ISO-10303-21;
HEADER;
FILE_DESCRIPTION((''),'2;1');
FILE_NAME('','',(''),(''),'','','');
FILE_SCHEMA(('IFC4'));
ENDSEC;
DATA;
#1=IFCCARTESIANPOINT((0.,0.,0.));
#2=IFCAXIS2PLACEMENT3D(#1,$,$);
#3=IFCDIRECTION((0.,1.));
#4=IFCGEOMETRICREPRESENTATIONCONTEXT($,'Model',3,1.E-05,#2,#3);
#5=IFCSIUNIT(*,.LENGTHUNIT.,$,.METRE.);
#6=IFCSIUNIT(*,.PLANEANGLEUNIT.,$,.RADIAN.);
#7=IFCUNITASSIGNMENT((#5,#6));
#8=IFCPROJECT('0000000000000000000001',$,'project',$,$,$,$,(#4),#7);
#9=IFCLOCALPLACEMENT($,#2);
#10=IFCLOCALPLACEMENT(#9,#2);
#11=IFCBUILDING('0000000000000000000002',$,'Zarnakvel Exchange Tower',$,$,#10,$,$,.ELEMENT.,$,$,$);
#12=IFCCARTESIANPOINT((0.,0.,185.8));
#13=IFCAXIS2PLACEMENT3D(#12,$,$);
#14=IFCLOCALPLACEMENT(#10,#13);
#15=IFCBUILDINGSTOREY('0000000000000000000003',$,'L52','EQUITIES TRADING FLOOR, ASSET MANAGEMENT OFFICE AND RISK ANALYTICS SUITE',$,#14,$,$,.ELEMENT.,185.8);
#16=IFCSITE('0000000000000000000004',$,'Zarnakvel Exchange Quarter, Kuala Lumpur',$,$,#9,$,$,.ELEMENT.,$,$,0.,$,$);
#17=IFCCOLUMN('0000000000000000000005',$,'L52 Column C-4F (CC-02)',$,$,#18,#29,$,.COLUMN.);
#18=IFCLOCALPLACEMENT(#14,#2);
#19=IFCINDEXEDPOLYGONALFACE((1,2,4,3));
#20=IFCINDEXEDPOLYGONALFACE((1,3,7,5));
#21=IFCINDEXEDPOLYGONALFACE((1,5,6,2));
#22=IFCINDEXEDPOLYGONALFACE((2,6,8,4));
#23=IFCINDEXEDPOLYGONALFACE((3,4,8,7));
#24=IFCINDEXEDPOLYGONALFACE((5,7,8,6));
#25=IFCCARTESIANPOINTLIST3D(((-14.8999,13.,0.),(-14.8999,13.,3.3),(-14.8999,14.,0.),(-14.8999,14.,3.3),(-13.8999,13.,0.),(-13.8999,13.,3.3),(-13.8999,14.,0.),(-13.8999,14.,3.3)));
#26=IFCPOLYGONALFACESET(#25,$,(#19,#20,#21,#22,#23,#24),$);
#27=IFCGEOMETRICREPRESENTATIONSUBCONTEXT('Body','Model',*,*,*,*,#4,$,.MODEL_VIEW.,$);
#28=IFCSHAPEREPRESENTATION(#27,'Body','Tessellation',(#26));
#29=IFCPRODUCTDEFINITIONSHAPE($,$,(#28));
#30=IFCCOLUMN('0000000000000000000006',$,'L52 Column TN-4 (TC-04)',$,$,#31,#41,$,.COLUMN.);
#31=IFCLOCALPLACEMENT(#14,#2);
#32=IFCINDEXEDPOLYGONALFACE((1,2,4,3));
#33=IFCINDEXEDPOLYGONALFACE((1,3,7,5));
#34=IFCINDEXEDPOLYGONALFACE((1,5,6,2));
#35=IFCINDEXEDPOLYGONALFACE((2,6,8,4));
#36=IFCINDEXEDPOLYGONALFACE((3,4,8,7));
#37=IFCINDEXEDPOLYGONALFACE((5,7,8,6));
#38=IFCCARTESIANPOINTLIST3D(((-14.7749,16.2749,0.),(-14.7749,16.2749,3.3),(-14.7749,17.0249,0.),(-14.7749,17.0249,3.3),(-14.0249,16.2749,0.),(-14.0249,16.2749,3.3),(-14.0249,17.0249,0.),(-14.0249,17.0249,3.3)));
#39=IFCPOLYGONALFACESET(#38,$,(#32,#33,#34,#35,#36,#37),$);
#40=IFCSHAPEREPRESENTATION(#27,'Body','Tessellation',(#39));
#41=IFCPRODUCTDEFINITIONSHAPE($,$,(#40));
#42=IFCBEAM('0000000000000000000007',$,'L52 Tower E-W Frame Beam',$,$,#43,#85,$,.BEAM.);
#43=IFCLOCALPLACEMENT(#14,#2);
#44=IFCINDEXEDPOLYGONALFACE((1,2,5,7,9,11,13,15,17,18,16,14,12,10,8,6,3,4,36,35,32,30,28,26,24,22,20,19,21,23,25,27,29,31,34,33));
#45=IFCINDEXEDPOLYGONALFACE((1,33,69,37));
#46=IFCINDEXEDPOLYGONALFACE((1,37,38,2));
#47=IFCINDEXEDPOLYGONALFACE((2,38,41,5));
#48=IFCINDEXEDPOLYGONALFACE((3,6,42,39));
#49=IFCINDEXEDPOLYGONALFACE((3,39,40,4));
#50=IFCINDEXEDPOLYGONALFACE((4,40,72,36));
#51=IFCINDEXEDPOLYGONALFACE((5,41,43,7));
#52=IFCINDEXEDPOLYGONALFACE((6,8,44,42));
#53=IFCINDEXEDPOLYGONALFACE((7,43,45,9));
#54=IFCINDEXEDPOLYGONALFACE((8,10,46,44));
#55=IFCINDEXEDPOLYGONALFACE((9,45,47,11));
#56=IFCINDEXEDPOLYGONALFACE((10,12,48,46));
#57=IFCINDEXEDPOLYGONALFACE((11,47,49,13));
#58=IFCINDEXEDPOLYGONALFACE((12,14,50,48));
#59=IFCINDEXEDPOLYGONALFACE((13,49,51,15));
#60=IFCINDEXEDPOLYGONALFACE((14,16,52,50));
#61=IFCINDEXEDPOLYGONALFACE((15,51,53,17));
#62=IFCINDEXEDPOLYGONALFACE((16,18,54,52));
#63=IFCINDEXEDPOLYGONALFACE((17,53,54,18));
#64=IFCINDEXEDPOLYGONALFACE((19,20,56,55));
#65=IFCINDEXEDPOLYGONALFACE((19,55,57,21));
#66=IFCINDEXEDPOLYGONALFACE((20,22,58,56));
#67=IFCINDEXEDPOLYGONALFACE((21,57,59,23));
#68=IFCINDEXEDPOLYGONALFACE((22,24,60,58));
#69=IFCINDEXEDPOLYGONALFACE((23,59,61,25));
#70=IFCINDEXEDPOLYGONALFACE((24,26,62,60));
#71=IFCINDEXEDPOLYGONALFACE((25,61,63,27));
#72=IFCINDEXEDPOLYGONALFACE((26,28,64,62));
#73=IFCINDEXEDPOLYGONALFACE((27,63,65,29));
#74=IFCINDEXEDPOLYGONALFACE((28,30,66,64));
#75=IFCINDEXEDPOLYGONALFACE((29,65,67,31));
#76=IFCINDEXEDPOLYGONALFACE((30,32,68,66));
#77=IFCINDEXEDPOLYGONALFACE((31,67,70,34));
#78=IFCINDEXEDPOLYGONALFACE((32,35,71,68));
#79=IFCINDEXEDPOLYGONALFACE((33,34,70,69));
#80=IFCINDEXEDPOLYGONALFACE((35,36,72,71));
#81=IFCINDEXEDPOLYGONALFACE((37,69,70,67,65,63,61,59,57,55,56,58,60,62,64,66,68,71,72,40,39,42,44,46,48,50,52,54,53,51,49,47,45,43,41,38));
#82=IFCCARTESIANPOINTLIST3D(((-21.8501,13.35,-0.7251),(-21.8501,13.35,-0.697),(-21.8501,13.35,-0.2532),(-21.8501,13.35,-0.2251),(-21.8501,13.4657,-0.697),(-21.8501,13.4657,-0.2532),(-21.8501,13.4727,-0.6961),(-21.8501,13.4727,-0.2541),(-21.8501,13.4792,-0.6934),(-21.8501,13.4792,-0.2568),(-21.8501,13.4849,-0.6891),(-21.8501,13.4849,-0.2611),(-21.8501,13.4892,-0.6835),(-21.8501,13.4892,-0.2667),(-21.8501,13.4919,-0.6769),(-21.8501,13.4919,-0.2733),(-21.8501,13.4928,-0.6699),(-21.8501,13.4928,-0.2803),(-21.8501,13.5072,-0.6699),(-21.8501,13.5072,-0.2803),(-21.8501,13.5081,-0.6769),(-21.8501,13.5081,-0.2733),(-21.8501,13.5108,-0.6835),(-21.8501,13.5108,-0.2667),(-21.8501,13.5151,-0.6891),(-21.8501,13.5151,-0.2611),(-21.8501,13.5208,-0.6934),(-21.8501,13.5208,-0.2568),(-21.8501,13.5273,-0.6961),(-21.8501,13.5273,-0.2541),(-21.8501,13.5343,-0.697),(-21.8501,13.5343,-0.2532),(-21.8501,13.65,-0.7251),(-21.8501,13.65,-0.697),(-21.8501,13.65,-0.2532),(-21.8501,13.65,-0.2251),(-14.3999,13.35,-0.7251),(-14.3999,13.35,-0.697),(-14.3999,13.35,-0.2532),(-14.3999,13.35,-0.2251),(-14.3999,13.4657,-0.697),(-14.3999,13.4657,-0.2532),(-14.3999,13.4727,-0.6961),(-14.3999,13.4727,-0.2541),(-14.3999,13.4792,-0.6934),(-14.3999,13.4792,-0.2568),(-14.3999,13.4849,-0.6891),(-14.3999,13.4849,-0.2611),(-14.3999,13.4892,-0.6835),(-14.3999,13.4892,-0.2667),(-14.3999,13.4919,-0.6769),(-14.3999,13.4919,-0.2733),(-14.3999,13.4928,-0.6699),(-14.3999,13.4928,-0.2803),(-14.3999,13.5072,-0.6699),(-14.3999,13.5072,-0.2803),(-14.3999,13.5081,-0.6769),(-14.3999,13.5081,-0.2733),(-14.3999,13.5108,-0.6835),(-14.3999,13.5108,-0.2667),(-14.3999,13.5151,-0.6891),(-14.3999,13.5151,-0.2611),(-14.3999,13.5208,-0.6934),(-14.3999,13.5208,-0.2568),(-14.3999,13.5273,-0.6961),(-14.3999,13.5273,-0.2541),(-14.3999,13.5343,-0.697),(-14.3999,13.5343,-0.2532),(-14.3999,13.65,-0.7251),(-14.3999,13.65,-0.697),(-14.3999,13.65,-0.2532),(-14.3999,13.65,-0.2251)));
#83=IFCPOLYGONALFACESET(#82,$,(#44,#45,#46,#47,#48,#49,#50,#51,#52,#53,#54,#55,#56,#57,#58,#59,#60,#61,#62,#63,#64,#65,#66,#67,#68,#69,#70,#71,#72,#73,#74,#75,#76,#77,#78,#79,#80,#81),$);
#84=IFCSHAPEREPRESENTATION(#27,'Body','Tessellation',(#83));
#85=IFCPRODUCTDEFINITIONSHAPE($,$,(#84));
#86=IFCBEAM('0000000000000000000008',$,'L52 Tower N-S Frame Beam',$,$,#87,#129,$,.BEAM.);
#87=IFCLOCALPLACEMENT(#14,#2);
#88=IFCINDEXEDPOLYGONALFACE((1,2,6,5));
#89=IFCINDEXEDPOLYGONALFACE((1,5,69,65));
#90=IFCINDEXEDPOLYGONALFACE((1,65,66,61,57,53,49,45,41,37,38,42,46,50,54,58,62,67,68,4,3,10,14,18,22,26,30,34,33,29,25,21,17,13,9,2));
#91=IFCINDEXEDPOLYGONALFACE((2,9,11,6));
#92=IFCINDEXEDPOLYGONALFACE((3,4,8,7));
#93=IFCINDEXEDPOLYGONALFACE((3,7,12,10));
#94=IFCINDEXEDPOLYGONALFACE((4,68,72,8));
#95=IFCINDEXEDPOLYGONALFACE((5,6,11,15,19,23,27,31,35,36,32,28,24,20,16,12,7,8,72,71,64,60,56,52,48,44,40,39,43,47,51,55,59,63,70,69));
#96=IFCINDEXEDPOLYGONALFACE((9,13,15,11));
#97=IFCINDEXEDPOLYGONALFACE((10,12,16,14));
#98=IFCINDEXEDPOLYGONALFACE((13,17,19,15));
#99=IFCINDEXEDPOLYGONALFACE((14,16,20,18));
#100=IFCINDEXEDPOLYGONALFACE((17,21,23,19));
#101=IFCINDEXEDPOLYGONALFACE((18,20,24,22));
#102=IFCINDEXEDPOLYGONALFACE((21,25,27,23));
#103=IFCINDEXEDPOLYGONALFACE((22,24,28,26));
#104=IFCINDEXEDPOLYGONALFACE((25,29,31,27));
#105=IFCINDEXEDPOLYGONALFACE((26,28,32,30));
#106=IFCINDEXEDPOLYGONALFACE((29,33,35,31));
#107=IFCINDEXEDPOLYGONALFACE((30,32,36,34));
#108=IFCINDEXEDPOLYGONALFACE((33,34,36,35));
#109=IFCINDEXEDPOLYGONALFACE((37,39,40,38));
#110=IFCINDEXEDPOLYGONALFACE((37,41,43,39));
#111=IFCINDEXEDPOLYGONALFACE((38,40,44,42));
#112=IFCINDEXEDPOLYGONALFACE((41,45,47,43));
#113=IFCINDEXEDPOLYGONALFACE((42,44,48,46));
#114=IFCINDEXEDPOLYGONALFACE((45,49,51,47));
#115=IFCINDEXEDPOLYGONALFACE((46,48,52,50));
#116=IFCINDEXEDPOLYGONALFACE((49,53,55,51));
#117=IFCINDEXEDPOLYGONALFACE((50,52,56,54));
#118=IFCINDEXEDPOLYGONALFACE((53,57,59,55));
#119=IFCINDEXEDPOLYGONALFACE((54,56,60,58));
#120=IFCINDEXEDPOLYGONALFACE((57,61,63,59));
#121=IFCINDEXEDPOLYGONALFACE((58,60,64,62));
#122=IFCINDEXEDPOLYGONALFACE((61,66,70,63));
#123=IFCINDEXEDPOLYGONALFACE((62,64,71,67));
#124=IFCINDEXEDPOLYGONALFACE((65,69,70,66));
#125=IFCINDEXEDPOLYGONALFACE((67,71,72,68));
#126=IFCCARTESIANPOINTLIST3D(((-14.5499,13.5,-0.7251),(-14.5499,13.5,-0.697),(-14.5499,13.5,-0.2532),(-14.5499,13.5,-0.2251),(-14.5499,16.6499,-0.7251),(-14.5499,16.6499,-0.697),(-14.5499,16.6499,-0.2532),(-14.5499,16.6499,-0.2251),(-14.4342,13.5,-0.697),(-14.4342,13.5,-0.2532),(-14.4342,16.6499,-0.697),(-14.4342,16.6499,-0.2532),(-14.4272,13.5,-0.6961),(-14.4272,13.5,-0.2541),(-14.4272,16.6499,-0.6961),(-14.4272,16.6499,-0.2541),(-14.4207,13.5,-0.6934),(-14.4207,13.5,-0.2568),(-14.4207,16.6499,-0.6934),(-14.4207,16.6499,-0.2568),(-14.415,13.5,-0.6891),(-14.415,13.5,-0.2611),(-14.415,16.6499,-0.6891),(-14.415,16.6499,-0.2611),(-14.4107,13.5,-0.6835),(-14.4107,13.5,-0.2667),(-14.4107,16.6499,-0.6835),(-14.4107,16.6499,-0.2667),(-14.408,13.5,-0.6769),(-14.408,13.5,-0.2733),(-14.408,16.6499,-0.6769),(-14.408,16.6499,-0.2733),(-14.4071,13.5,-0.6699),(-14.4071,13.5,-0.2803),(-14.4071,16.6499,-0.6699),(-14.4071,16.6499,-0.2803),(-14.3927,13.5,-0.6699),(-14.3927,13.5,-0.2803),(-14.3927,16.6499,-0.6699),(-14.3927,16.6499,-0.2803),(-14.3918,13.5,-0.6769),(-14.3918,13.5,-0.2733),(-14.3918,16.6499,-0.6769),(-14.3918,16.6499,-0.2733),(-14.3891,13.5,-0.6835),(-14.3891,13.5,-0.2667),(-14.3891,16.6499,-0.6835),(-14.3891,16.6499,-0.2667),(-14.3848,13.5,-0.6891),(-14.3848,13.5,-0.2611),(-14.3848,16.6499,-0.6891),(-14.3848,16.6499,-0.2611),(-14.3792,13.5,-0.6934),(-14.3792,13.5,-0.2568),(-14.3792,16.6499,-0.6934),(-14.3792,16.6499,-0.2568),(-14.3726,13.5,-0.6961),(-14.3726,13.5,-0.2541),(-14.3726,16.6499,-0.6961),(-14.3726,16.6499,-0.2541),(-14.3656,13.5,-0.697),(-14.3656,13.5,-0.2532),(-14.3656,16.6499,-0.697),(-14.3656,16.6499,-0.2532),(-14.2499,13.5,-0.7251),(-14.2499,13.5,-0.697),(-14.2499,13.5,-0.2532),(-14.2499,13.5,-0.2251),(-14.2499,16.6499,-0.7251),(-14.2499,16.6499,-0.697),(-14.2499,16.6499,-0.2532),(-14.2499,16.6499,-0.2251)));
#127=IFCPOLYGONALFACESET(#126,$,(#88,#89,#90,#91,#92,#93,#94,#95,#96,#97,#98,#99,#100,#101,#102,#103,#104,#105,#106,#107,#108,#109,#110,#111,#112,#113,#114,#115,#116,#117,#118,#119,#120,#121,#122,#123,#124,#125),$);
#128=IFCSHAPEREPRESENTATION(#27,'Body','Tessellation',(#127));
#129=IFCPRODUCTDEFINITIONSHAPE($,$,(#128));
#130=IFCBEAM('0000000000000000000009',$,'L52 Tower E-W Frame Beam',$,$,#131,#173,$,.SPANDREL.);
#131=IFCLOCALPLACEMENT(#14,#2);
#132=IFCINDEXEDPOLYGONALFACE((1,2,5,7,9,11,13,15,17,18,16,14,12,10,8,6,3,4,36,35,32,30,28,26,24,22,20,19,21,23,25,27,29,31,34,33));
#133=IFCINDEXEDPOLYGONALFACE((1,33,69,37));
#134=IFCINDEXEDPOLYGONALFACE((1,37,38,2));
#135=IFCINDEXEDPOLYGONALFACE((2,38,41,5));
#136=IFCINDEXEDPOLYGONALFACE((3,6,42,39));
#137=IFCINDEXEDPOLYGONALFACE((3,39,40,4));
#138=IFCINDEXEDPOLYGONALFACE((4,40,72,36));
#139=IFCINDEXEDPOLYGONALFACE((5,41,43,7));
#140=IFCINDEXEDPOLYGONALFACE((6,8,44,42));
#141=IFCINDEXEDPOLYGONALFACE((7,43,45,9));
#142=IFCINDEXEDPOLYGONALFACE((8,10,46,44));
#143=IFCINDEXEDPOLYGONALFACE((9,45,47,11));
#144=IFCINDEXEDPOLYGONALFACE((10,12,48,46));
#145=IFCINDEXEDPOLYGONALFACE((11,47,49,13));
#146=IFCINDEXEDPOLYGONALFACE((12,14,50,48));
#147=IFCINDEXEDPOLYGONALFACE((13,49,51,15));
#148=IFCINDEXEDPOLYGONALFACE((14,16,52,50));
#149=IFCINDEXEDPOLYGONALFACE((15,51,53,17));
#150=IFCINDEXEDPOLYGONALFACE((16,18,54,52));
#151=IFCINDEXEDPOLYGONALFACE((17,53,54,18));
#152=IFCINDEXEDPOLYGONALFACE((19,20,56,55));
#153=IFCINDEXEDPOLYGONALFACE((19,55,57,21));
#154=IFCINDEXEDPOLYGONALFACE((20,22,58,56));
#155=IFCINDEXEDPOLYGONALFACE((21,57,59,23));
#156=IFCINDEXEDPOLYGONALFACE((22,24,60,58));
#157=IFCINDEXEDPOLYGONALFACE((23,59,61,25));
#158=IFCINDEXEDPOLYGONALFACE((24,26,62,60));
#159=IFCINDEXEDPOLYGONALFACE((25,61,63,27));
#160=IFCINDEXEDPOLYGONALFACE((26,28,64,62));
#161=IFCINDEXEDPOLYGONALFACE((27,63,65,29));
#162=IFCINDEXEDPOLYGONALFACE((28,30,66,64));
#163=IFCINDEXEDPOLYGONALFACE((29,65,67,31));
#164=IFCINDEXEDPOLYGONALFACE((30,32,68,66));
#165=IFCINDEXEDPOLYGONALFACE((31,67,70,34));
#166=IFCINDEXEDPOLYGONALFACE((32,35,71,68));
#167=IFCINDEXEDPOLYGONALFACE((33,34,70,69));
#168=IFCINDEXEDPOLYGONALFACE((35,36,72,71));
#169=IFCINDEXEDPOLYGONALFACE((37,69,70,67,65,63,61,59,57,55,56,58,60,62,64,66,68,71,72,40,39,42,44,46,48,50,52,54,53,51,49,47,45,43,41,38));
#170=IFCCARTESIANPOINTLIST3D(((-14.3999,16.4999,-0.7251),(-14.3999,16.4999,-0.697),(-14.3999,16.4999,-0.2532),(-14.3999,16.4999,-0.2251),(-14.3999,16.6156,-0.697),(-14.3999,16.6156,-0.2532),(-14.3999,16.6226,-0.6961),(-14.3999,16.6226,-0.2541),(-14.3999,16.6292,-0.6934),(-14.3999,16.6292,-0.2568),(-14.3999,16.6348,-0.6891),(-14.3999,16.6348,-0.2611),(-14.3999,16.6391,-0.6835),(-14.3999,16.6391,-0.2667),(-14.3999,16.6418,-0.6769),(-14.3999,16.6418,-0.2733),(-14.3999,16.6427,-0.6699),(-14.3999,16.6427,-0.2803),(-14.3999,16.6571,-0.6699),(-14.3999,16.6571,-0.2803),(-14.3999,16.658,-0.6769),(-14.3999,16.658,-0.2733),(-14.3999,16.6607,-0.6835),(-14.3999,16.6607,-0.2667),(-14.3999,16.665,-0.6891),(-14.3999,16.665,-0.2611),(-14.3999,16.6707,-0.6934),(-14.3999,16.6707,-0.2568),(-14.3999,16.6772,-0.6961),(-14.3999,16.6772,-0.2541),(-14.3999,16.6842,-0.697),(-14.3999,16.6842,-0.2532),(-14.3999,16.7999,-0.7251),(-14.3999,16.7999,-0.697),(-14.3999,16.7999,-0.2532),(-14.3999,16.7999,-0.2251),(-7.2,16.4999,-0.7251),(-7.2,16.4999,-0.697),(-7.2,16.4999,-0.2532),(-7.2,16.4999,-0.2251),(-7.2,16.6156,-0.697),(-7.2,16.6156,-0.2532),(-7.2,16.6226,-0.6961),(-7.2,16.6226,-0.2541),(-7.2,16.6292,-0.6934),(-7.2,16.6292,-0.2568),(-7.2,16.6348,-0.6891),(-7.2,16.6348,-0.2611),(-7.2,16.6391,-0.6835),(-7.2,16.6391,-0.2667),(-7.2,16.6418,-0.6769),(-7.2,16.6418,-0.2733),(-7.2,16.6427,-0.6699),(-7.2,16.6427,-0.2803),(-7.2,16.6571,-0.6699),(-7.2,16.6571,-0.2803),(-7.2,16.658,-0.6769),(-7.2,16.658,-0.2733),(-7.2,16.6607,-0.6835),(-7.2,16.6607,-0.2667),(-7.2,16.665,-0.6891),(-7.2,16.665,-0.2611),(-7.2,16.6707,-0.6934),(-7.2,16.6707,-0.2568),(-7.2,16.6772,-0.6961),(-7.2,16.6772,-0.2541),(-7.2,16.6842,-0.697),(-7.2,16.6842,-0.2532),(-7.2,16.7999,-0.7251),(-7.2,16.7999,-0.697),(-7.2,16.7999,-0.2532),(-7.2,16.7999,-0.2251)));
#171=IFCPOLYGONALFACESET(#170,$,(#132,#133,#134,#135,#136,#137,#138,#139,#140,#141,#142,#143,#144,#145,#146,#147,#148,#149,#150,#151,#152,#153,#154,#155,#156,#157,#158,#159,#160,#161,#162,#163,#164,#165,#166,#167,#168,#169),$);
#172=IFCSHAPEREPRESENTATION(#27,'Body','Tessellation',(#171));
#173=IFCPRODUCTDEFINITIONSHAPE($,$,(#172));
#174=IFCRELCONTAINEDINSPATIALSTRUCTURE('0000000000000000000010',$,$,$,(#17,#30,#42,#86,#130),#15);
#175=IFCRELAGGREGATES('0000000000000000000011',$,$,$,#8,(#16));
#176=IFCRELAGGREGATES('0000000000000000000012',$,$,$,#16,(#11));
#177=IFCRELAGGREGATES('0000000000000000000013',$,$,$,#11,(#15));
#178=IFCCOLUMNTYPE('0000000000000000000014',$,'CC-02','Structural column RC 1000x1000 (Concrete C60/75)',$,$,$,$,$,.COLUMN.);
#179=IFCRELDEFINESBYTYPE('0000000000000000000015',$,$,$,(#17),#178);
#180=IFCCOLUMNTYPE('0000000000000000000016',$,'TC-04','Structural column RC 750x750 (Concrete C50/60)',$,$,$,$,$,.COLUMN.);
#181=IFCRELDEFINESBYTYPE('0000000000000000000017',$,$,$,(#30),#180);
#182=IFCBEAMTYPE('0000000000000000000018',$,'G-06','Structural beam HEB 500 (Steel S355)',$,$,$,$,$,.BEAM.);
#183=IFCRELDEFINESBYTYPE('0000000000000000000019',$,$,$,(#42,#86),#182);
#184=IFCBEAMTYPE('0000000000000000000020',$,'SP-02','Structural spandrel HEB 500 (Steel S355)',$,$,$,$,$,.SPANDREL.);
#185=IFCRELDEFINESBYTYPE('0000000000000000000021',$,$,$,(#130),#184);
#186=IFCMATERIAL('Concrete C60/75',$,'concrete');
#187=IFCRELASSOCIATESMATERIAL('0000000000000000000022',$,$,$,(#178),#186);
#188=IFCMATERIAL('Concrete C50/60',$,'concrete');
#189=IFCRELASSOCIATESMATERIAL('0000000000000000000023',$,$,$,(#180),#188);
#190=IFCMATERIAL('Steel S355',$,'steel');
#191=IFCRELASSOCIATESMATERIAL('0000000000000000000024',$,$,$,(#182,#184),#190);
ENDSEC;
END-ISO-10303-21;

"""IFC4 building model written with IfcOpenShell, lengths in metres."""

from ifc_helpers import new_model, si_unit, direction, frame, origin, origin_2d, place, context, subcontext, project, spatial, rectangle, i_section, extrude, material, material_profile, profile_set, type_object, element, save


model = new_model("IFC4")

# Units and contexts
model_context = context("Model", 3, precision=1e-05, world=origin(), true_north=direction((0.0, 1.0)))
body_context = subcontext(model_context, "Body", "Model", "MODEL_VIEW")
ifc_project = project(units=[si_unit("LENGTHUNIT", "METRE"), si_unit("PLANEANGLEUNIT", "RADIAN")], contexts=[model_context])

# Site, building, storey
site_placement = place(None, origin())
site = spatial("IfcSite", under=ifc_project, at=site_placement, Name="Zarnakvel Exchange Quarter, Kuala Lumpur", CompositionType="ELEMENT", RefElevation=0.0)
building_placement = place(site_placement, origin())
building = spatial("IfcBuilding", under=site, at=building_placement, Name="Zarnakvel Exchange Tower", CompositionType="ELEMENT")
storey_placement = place(building_placement, frame((0.0, 0.0, 185.8)))
storey = spatial("IfcBuildingStorey", under=building, at=storey_placement, Name="L52", Description="EQUITIES TRADING FLOOR, ASSET MANAGEMENT OFFICE AND RISK ANALYTICS SUITE", CompositionType="ELEMENT", Elevation=185.8)

# Columns
ifc_material_1 = material(Name="Concrete C60/75", Category="concrete")
ifc_material_profile_1 = material_profile(ifc_material_1, rectangle(XDim=1.0, YDim=1.0, at=origin_2d()))
ifc_profile_set_1 = profile_set([ifc_material_profile_1], Name="Concrete C60/75")
column_type_1 = type_object("IfcColumnType", Name="CC-02", Description="Structural column RC 1000x1000 (Concrete C60/75)", PredefinedType="COLUMN", material=ifc_profile_set_1)
column_1_placement = place(storey_placement, frame((-14.3999, 13.5, 0.0), z_axis=(0.0, 0.0, 1.0), x_axis=(1.0, 0.0, 0.0)))
element("IfcColumn", 1, at=column_1_placement, inside=storey, type_object=column_type_1, Name="L52 Column C-4F (CC-02)", PredefinedType="COLUMN", context=body_context, shape_type="SweptSolid", body=[
    extrude(rectangle(XDim=1.0, YDim=1.0, at=origin_2d()), origin(), (0.0, 0.0, 1.0), 3.3),
])
ifc_material_2 = material(Name="Concrete C50/60", Category="concrete")
ifc_material_profile_2 = material_profile(ifc_material_2, rectangle(XDim=0.75, YDim=0.75, at=origin_2d()))
ifc_profile_set_2 = profile_set([ifc_material_profile_2], Name="Concrete C50/60")
column_type_2 = type_object("IfcColumnType", Name="TC-04", Description="Structural column RC 750x750 (Concrete C50/60)", PredefinedType="COLUMN", material=ifc_profile_set_2)
column_2_placement = place(storey_placement, frame((-14.3999, 16.6499, 0.0), z_axis=(0.0, 0.0, 1.0), x_axis=(1.0, 0.0, 0.0)))
element("IfcColumn", 2, at=column_2_placement, inside=storey, type_object=column_type_2, Name="L52 Column TN-4 (TC-04)", PredefinedType="COLUMN", context=body_context, shape_type="SweptSolid", body=[
    extrude(rectangle(XDim=0.75, YDim=0.75, at=origin_2d()), origin(), (0.0, 0.0, 1.0), 3.3),
])

# Beams
ifc_material_3 = material(Name="Steel S355", Category="steel")
ifc_material_profile_3 = material_profile(ifc_material_3, i_section(OverallWidth=0.3, OverallDepth=0.5, WebThickness=0.0144, FlangeThickness=0.0281, FilletRadius=0.0271, at=origin_2d()))
ifc_profile_set_3 = profile_set([ifc_material_profile_3], Name="Steel S355")
beam_type_1 = type_object("IfcBeamType", Name="G-06", Description="Structural beam HEB 500 (Steel S355)", PredefinedType="BEAM", material=ifc_profile_set_3)
beam_1_placement = place(storey_placement, frame((-21.8501, 13.5, -0.4751), z_axis=(1.0, 0.0, 0.0), x_axis=(0.0, 1.0, 0.0)))
element("IfcBeam", 3, at=beam_1_placement, inside=storey, type_object=beam_type_1, Name="L52 Tower E-W Frame Beam", PredefinedType="BEAM", context=body_context, shape_type="SweptSolid", body=[
    extrude(i_section(OverallWidth=0.3, OverallDepth=0.5, WebThickness=0.0144, FlangeThickness=0.0281, FilletRadius=0.0271, at=origin_2d()), origin(), (0.0, 0.0, 1.0), 7.4502),
])
beam_2_placement = place(storey_placement, frame((-14.3999, 13.5, -0.4751), z_axis=(0.0, 1.0, 0.0), x_axis=(-1.0, 0.0, 0.0)))
element("IfcBeam", 4, at=beam_2_placement, inside=storey, type_object=beam_type_1, Name="L52 Tower N-S Frame Beam", PredefinedType="BEAM", context=body_context, shape_type="SweptSolid", body=[
    extrude(i_section(OverallWidth=0.3, OverallDepth=0.5, WebThickness=0.0144, FlangeThickness=0.0281, FilletRadius=0.0271, at=origin_2d()), origin(), (0.0, 0.0, 1.0), 3.1499),
])
ifc_material_profile_4 = material_profile(ifc_material_3, i_section(OverallWidth=0.3, OverallDepth=0.5, WebThickness=0.0144, FlangeThickness=0.0281, FilletRadius=0.0271, at=origin_2d()))
ifc_profile_set_4 = profile_set([ifc_material_profile_4], Name="Steel S355")
beam_type_2 = type_object("IfcBeamType", Name="SP-02", Description="Structural spandrel HEB 500 (Steel S355)", PredefinedType="SPANDREL", material=ifc_profile_set_4)
beam_3_placement = place(storey_placement, frame((-14.3999, 16.6499, -0.4751), z_axis=(1.0, 0.0, 0.0), x_axis=(0.0, 1.0, 0.0)))
element("IfcBeam", 5, at=beam_3_placement, inside=storey, type_object=beam_type_2, Name="L52 Tower E-W Frame Beam", PredefinedType="SPANDREL", context=body_context, shape_type="SweptSolid", body=[
    extrude(i_section(OverallWidth=0.3, OverallDepth=0.5, WebThickness=0.0144, FlangeThickness=0.0281, FilletRadius=0.0271, at=origin_2d()), origin(), (0.0, 0.0, 1.0), 7.2),
])

save(model, "model.ifc")
